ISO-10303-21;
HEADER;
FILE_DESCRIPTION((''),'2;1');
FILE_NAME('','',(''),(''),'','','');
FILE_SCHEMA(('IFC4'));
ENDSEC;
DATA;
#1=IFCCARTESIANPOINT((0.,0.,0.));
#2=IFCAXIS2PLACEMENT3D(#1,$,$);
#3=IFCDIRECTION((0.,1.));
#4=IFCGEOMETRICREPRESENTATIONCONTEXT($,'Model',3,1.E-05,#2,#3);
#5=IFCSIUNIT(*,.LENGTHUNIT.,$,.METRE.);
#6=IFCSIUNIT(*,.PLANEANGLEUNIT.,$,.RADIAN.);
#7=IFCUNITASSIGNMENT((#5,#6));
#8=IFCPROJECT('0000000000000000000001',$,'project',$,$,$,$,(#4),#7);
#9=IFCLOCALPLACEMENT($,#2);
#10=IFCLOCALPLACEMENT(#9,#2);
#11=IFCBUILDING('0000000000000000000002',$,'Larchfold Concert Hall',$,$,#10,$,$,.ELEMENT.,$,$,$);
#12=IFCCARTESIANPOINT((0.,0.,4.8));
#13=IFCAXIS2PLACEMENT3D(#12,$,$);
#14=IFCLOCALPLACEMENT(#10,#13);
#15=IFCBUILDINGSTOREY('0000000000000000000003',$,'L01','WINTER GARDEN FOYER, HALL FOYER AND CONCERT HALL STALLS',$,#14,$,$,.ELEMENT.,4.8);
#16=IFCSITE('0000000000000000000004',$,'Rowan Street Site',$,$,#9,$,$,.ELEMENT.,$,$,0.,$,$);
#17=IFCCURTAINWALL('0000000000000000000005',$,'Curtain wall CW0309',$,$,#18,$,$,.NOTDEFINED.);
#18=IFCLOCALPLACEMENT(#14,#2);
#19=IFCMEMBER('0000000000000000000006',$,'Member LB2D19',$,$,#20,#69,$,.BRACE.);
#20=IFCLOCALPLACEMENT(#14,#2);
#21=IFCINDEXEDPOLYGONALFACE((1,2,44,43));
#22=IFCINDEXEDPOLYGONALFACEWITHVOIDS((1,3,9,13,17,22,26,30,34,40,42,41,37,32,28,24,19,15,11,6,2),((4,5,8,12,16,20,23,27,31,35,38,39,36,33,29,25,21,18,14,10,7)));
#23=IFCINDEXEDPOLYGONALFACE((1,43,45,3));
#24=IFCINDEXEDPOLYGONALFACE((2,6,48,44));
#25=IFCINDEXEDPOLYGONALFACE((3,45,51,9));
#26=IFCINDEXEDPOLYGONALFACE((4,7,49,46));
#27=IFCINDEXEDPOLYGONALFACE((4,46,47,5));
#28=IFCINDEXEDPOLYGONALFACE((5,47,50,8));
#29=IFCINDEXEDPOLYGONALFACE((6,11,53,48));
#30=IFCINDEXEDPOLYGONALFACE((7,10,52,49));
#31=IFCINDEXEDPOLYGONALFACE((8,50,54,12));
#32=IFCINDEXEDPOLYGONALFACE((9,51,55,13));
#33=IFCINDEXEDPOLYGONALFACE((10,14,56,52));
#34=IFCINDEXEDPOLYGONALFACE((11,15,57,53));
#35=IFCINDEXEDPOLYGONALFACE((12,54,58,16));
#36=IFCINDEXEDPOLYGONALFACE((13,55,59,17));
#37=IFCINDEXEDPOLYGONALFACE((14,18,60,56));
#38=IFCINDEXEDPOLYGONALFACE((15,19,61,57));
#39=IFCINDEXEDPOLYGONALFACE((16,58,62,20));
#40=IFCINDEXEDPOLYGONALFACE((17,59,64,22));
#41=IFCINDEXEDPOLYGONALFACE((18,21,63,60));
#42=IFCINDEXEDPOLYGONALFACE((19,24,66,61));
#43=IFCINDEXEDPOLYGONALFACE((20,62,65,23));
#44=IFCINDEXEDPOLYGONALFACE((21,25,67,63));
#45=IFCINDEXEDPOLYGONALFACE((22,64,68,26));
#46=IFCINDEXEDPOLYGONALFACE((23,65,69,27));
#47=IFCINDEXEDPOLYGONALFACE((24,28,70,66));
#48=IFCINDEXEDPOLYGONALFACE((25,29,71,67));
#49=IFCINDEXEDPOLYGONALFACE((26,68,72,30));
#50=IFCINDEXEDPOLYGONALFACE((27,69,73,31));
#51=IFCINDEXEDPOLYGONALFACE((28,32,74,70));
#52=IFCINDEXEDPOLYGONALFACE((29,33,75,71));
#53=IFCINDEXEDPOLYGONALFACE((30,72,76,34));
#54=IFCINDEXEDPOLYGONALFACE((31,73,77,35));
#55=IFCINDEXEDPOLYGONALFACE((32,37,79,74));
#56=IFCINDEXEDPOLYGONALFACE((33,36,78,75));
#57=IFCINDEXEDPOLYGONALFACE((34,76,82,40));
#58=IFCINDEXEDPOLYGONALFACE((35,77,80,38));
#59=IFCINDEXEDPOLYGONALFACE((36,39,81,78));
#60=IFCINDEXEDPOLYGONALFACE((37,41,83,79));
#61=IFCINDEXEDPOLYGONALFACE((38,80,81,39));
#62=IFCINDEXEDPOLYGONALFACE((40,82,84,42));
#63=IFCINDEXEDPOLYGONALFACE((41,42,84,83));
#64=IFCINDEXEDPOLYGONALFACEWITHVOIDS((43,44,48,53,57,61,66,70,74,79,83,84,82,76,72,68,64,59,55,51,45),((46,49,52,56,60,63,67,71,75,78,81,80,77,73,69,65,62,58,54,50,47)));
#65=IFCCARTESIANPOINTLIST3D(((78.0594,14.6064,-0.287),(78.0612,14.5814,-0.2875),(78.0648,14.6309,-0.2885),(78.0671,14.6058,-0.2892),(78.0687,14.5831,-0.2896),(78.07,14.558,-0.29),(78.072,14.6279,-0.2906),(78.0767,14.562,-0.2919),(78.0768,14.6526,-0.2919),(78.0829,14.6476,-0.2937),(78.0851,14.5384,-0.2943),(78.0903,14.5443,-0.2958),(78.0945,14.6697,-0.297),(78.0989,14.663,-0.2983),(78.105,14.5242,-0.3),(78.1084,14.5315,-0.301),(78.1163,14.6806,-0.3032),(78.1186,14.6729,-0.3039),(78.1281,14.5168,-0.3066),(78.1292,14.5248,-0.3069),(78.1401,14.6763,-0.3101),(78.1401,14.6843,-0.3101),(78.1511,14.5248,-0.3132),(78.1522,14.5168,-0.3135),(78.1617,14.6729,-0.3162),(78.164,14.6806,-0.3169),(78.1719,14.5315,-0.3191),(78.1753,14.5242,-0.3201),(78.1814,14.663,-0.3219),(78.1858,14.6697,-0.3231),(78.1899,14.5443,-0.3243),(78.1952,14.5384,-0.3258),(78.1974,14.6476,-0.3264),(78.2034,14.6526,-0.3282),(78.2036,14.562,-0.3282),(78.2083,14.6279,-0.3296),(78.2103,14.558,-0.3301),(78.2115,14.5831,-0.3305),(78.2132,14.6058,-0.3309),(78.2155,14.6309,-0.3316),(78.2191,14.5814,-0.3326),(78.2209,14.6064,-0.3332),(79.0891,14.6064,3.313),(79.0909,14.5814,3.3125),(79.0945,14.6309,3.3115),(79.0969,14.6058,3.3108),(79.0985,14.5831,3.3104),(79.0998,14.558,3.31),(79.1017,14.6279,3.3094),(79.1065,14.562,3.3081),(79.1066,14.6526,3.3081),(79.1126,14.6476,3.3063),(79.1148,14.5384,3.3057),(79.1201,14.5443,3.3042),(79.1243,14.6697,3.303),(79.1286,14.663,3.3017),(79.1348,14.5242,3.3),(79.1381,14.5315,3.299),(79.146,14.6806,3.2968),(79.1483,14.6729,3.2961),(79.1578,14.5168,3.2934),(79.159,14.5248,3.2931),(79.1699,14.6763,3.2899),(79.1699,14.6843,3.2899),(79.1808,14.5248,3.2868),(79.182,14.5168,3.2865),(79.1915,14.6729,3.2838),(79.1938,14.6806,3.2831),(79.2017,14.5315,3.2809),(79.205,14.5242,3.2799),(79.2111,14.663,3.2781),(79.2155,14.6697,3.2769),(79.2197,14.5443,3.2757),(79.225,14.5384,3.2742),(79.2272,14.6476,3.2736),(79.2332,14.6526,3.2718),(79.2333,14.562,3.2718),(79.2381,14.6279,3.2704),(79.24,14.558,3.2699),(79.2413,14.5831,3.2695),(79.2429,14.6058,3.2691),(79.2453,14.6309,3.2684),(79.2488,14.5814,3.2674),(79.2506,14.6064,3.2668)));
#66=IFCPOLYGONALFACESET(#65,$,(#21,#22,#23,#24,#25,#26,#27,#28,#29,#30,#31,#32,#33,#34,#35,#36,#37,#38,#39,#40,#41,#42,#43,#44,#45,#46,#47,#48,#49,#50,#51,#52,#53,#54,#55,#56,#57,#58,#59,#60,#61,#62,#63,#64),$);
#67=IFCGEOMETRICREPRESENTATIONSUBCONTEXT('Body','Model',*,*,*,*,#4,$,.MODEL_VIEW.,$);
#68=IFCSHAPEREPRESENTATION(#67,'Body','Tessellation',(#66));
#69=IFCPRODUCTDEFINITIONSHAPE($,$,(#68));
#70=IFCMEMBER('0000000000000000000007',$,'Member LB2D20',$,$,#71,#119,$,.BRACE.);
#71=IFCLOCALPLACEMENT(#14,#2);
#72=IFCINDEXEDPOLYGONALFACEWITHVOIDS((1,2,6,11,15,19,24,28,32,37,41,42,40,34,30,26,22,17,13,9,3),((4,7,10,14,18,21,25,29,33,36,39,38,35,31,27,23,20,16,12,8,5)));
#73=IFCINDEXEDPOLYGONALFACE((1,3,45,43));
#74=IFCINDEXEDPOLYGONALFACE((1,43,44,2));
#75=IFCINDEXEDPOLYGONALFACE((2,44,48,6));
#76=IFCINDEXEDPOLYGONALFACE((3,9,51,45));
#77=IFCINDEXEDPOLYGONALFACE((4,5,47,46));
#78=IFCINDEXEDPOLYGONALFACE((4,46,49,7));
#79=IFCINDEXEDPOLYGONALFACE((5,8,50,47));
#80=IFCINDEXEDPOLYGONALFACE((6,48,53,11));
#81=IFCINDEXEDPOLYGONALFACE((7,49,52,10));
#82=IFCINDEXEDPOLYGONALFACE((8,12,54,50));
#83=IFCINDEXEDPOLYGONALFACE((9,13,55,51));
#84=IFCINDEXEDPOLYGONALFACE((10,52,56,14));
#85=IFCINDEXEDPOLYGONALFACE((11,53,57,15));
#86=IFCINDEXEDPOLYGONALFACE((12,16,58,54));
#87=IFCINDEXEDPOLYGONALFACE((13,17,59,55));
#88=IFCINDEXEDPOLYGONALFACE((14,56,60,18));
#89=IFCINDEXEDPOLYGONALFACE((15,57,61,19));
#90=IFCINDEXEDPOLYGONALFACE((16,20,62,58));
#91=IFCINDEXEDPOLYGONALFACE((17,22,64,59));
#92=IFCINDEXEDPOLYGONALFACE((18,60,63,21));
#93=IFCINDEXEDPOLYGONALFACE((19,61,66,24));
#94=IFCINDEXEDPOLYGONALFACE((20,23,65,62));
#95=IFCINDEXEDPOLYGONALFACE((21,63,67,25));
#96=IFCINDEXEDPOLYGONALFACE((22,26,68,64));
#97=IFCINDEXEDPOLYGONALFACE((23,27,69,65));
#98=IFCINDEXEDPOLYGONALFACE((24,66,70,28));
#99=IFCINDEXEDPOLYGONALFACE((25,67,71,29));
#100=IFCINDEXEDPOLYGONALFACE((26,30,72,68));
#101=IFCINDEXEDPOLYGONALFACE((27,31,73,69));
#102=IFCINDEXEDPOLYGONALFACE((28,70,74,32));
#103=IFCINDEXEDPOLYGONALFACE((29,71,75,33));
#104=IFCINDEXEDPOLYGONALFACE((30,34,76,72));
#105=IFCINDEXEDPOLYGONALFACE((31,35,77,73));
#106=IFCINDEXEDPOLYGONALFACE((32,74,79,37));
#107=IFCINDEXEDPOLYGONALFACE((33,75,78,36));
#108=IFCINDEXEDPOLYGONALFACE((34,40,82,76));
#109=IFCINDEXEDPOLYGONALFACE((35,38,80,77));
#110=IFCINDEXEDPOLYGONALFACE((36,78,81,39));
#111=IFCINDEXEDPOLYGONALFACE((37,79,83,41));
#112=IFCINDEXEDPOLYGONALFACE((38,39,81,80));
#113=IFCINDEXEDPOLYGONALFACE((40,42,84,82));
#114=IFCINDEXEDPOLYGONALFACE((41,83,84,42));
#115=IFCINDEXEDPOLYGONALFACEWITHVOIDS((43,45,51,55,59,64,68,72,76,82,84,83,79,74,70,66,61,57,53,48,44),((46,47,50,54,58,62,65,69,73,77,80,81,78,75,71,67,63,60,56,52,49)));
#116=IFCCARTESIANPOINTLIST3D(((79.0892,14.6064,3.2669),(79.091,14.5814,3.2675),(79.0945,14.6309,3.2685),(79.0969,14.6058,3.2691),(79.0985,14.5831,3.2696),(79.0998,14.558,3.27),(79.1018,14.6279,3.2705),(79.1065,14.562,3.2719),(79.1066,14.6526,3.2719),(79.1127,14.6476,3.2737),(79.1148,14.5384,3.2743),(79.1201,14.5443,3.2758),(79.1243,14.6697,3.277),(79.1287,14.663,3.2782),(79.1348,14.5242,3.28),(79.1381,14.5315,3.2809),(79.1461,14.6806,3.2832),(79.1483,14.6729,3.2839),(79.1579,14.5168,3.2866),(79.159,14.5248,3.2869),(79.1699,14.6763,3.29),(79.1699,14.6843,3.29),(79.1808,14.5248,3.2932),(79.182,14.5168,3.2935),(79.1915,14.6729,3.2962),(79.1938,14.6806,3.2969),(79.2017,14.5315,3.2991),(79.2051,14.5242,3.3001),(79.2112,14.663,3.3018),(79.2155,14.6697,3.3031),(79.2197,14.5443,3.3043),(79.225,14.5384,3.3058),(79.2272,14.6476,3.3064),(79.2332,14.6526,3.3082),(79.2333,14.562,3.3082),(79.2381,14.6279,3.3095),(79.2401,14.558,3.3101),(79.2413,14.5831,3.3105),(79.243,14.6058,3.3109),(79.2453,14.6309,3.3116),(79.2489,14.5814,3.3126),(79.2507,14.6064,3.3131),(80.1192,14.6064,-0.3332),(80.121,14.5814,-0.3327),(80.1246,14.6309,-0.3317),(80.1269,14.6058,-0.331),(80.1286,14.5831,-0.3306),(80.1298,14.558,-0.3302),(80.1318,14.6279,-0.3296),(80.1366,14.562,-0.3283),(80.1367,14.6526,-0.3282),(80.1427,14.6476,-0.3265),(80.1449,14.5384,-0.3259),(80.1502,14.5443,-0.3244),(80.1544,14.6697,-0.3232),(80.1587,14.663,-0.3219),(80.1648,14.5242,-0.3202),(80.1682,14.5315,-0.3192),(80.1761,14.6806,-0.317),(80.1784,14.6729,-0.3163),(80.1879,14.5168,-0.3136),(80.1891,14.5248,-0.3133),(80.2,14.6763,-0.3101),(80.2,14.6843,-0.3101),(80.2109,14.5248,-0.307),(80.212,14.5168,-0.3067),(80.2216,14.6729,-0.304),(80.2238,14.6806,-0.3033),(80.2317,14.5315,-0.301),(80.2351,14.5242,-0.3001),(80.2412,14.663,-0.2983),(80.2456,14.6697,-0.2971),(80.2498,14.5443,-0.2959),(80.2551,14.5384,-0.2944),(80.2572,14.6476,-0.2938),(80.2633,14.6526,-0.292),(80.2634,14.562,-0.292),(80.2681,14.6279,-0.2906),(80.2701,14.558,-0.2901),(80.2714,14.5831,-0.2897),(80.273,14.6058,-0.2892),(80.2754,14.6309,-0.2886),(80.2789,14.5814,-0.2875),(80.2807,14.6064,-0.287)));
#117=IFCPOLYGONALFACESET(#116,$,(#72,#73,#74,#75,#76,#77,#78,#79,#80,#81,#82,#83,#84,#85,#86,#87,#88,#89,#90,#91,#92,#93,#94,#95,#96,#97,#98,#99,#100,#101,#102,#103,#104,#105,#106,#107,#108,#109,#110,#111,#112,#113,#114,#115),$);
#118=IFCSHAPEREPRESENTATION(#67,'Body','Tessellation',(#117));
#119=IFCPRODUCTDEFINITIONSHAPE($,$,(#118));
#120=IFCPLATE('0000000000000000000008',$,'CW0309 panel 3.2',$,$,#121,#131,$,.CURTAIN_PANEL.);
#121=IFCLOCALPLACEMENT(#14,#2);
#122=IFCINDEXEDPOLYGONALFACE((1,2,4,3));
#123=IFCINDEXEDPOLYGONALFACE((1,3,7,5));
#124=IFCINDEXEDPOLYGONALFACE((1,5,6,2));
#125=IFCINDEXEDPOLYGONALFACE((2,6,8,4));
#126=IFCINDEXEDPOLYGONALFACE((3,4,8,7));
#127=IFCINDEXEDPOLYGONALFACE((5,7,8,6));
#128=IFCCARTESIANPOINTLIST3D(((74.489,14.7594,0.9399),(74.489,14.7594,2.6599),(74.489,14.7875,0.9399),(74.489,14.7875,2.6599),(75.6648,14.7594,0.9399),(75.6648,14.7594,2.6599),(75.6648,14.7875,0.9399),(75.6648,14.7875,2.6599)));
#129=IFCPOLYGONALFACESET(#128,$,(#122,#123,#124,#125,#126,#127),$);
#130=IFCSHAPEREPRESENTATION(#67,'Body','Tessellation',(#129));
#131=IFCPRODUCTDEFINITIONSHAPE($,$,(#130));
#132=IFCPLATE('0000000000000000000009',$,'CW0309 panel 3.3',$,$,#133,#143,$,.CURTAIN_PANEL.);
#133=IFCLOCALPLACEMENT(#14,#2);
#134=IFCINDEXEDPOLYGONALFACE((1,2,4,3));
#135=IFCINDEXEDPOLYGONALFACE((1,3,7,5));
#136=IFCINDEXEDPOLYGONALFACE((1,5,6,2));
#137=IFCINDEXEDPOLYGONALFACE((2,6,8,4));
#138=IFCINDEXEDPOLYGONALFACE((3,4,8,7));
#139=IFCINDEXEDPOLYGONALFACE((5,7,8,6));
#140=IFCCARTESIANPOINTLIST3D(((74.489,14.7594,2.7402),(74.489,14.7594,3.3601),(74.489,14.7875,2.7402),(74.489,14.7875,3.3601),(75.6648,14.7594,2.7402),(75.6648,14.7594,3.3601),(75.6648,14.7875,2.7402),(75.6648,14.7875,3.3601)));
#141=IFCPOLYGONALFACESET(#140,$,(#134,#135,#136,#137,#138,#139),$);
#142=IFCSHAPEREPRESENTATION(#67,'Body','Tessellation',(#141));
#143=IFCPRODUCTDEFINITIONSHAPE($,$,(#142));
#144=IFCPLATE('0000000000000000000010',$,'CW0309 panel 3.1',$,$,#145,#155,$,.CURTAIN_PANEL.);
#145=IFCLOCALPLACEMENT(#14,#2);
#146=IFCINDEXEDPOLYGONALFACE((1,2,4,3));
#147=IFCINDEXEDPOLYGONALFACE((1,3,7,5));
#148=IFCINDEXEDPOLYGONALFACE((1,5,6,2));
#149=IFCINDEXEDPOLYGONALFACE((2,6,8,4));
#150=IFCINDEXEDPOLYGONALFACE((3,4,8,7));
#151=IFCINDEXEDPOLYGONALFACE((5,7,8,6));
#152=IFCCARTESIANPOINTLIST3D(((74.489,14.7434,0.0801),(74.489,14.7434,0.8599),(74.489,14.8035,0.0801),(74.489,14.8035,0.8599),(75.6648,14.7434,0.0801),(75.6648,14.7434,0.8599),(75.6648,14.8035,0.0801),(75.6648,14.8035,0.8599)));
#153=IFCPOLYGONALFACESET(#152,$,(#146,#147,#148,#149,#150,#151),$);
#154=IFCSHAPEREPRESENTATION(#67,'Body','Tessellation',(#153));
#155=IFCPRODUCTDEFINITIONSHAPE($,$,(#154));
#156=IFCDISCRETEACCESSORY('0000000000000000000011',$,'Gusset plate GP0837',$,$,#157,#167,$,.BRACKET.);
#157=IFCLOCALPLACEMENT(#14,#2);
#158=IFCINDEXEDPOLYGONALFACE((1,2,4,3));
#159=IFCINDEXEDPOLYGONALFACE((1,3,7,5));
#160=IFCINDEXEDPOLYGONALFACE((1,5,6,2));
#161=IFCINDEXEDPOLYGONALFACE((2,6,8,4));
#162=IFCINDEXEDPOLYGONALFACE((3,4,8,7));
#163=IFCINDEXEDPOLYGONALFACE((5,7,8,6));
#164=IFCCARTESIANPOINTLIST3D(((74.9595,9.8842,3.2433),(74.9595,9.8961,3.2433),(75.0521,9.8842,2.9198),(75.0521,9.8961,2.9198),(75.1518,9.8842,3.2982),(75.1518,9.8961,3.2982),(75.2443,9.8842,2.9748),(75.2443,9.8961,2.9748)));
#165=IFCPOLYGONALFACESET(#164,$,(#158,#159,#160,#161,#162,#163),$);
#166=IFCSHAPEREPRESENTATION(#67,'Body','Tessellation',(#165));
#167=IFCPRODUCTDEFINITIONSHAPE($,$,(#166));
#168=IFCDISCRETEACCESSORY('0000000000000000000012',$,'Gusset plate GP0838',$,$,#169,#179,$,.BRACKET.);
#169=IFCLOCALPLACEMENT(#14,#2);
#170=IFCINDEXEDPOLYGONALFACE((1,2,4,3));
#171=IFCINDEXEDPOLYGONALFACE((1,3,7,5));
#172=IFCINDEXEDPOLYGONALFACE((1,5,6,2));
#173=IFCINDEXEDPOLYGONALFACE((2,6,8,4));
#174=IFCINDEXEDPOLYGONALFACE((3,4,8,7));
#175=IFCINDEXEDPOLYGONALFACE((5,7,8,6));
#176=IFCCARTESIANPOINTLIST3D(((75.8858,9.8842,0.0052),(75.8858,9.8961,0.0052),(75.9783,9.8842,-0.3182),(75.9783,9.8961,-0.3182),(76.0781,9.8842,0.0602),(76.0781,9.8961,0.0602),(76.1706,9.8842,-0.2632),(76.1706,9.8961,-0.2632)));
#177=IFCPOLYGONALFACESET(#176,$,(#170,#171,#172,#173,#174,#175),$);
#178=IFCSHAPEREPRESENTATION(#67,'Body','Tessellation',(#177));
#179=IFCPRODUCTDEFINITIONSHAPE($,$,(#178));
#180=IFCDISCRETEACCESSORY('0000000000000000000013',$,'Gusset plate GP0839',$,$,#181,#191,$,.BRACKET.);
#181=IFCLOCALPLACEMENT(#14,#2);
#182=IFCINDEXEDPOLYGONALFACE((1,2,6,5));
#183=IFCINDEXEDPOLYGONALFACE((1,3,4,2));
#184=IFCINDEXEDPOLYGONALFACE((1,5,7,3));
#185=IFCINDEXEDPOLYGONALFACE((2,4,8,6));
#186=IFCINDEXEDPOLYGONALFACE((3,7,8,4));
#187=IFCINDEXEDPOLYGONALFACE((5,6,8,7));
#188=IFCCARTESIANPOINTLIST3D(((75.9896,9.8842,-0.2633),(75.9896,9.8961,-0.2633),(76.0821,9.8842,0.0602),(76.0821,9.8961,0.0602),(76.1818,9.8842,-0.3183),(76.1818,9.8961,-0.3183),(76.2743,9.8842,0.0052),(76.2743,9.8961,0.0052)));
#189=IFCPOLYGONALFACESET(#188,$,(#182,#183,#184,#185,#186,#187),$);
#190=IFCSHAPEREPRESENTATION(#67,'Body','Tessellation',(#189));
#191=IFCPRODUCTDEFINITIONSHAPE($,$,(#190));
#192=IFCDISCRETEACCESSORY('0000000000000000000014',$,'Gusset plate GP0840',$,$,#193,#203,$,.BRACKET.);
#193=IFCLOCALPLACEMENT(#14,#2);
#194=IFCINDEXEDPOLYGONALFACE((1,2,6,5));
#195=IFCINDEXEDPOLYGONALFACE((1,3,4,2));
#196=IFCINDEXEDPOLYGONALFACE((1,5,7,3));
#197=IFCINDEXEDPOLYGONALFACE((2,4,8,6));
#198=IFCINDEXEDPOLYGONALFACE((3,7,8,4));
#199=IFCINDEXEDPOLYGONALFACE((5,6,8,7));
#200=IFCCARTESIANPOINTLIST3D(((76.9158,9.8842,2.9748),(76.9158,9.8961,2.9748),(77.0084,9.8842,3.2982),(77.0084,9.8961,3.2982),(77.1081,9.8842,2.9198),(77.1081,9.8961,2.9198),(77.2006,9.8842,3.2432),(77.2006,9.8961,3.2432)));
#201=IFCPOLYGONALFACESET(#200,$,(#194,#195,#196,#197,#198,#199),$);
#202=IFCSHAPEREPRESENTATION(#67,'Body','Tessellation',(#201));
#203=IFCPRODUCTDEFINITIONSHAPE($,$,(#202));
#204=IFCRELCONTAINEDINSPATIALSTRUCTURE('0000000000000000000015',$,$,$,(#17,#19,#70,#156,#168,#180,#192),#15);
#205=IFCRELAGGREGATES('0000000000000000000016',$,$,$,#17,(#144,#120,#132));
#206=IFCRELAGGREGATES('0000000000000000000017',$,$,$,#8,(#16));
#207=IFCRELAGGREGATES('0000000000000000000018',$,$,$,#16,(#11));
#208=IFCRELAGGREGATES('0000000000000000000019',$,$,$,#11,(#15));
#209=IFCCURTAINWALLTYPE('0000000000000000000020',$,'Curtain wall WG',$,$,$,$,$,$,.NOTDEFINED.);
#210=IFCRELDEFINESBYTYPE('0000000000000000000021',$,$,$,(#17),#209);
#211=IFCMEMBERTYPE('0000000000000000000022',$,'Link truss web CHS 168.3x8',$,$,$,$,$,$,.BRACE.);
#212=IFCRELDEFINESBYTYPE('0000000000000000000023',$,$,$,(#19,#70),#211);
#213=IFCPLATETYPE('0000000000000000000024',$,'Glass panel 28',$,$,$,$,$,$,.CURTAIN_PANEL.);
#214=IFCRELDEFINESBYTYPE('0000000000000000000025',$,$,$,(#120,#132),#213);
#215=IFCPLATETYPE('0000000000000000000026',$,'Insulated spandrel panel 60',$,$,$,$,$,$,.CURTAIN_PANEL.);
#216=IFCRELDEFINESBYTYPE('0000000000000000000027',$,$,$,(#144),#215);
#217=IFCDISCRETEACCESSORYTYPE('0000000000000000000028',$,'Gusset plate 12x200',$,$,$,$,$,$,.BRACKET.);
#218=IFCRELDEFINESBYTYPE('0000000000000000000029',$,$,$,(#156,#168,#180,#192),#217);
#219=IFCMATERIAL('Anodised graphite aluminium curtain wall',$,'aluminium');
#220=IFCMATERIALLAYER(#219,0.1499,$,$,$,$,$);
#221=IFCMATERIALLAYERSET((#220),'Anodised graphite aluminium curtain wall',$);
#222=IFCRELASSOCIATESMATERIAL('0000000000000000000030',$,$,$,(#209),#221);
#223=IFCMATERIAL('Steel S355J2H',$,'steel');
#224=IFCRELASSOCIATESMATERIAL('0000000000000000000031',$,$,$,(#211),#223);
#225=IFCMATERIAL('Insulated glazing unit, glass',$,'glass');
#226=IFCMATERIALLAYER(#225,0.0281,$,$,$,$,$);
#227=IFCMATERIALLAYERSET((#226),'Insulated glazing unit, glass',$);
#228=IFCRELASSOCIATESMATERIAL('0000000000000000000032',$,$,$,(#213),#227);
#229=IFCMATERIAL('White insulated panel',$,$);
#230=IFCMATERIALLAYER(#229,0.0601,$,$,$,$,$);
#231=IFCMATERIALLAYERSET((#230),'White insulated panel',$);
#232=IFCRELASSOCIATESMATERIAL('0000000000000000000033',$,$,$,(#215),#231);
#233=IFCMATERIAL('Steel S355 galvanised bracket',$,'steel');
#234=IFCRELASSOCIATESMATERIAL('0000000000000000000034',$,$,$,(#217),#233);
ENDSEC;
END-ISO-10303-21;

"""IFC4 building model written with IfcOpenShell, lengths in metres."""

from ifc_helpers import new_model, si_unit, direction, frame, origin, origin_2d, place, context, subcontext, project, spatial, rectangle, hollow_circle, extrude, material, layer, layer_set, material_profile, profile_set, type_object, element, aggregate, save


model = new_model("IFC4")

# Units and contexts
model_context = context("Model", 3, precision=1e-05, world=origin(), true_north=direction((0.0, 1.0)))
body_context = subcontext(model_context, "Body", "Model", "MODEL_VIEW")
ifc_project = project(units=[si_unit("LENGTHUNIT", "METRE"), si_unit("PLANEANGLEUNIT", "RADIAN")], contexts=[model_context])

# Site, building, storey
site_placement = place(None, origin())
site = spatial("IfcSite", under=ifc_project, at=site_placement, Name="Rowan Street Site", CompositionType="ELEMENT", RefElevation=0.0)
building_placement = place(site_placement, origin())
building = spatial("IfcBuilding", under=site, at=building_placement, Name="Larchfold Concert Hall", CompositionType="ELEMENT")
storey_placement = place(building_placement, frame((0.0, 0.0, 4.8)))
storey = spatial("IfcBuildingStorey", under=building, at=storey_placement, Name="L01", Description="WINTER GARDEN FOYER, HALL FOYER AND CONCERT HALL STALLS", CompositionType="ELEMENT", Elevation=4.8)

# Curtain wall
ifc_material_1 = material(Name="Anodised graphite aluminium curtain wall", Category="aluminium")
ifc_layer_1 = layer(ifc_material_1, 0.1499)
ifc_layer_set_1 = layer_set([ifc_layer_1], Name="Anodised graphite aluminium curtain wall")
curtain_wall_type = type_object("IfcCurtainWallType", Name="Curtain wall WG", PredefinedType="NOTDEFINED", material=ifc_layer_set_1)
curtain_wall_placement = place(storey_placement, origin())
curtain_wall = element("IfcCurtainWall", 1, at=curtain_wall_placement, inside=storey, type_object=curtain_wall_type, Name="Curtain wall CW0309", PredefinedType="NOTDEFINED")

# Members
ifc_material_2 = material(Name="Steel S355J2H", Category="steel")
ifc_material_profile_1 = material_profile(ifc_material_2, hollow_circle(Radius=0.0842, WallThickness=0.0081, at=origin_2d()))
ifc_profile_set_1 = profile_set([ifc_material_profile_1], Name="Steel S355J2H")
member_type_1 = type_object("IfcMemberType", Name="Link truss web CHS 168.3x8", PredefinedType="BRACE", material=ifc_profile_set_1)
member_1_placement = place(storey_placement, frame((78.1401, 14.6001, -0.3101), z_axis=(0.275014, 0.0, 0.96144), x_axis=(0.0, 1.0, 0.0)))
element("IfcMember", 2, at=member_1_placement, inside=storey, type_object=member_type_1, Name="Member LB2D19", PredefinedType="BRACE", context=body_context, shape_type="SweptSolid", body=[
    extrude(hollow_circle(Radius=0.0842, WallThickness=0.0081, at=origin_2d()), origin(), (0.0, 0.0, 1.0), 3.7444),
])
member_2_placement = place(storey_placement, frame((79.1699, 14.6001, 3.29), z_axis=(0.275074, 0.0, -0.961423), x_axis=(0.0, 1.0, 0.0)))
element("IfcMember", 3, at=member_2_placement, inside=storey, type_object=member_type_1, Name="Member LB2D20", PredefinedType="BRACE", context=body_context, shape_type="SweptSolid", body=[
    extrude(hollow_circle(Radius=0.0842, WallThickness=0.0081, at=origin_2d()), origin(), (0.0, 0.0, 1.0), 3.7446),
])

# Plates
ifc_material_3 = material(Name="Insulated glazing unit, glass", Category="glass")
ifc_layer_2 = layer(ifc_material_3, 0.0281)
ifc_layer_set_2 = layer_set([ifc_layer_2], Name="Insulated glazing unit, glass")
plate_type_1 = type_object("IfcPlateType", Name="Glass panel 28", PredefinedType="CURTAIN_PANEL", material=ifc_layer_set_2)
plate_1_placement = place(storey_placement, frame((75.0769, 14.7734, 0.9399), z_axis=(0.0, 0.0, 1.0), x_axis=(1.0, 0.0, 0.0)))
plate_1 = element("IfcPlate", 4, at=plate_1_placement, type_object=plate_type_1, Name="CW0309 panel 3.2", PredefinedType="CURTAIN_PANEL", context=body_context, shape_type="SweptSolid", body=[
    extrude(rectangle(XDim=1.1758, YDim=0.0281, at=origin_2d()), origin(), (0.0, 0.0, 1.0), 1.72),
])
plate_2_placement = place(storey_placement, frame((75.0769, 14.7734, 2.7402), z_axis=(0.0, 0.0, 1.0), x_axis=(1.0, 0.0, 0.0)))
plate_2 = element("IfcPlate", 5, at=plate_2_placement, type_object=plate_type_1, Name="CW0309 panel 3.3", PredefinedType="CURTAIN_PANEL", context=body_context, shape_type="SweptSolid", body=[
    extrude(rectangle(XDim=1.1758, YDim=0.0281, at=origin_2d()), origin(), (0.0, 0.0, 1.0), 0.6199),
])
ifc_material_4 = material(Name="White insulated panel")
ifc_layer_3 = layer(ifc_material_4, 0.0601)
ifc_layer_set_3 = layer_set([ifc_layer_3], Name="White insulated panel")
plate_type_2 = type_object("IfcPlateType", Name="Insulated spandrel panel 60", PredefinedType="CURTAIN_PANEL", material=ifc_layer_set_3)
plate_3_placement = place(storey_placement, frame((75.0769, 14.7734, 0.0801), z_axis=(0.0, 0.0, 1.0), x_axis=(1.0, 0.0, 0.0)))
plate_3 = element("IfcPlate", 6, at=plate_3_placement, type_object=plate_type_2, Name="CW0309 panel 3.1", PredefinedType="CURTAIN_PANEL", context=body_context, shape_type="SweptSolid", body=[
    extrude(rectangle(XDim=1.1758, YDim=0.0601, at=origin_2d()), origin(), (0.0, 0.0, 1.0), 0.7798),
])
aggregate(curtain_wall, [plate_3, plate_1, plate_2])

# Discrete accessories
ifc_material_5 = material(Name="Steel S355 galvanised bracket", Category="steel")
ifc_material_profile_2 = material_profile(ifc_material_5, rectangle(XDim=0.012, YDim=0.2, at=origin_2d()))
ifc_profile_set_2 = profile_set([ifc_material_profile_2], Name="Steel S355 galvanised bracket")
discrete_accessory_type = type_object("IfcDiscreteAccessoryType", Name="Gusset plate 12x200", PredefinedType="BRACKET", material=ifc_profile_set_2)
for number, where, z_axis, x_axis, name in (
    (7, (75.0557, 9.8901, 3.2708), (0.275009, 0.0, -0.961442), (0.0, 1.0, 0.0), "Gusset plate GP0837"),
    (8, (75.9819, 9.8901, 0.0327), (0.275009, 0.0, -0.961442), (0.0, 1.0, 0.0), "Gusset plate GP0838"),
    (9, (76.0857, 9.8901, -0.2908), (0.275009, 0.0, 0.961442), (0.0, 1.0, 0.0), "Gusset plate GP0839"),
    (10, (77.012, 9.8901, 2.9473), (0.275009, 0.0, 0.961442), (0.0, 1.0, 0.0), "Gusset plate GP0840"),
):
    element("IfcDiscreteAccessory", number, at=place(storey_placement, frame(where, z_axis=z_axis, x_axis=x_axis)), inside=storey, type_object=discrete_accessory_type, Name=name, PredefinedType="BRACKET", context=body_context, shape_type="SweptSolid", body=[
        extrude(rectangle(XDim=0.012, YDim=0.2, at=origin_2d()), origin(), (0.0, 0.0, 1.0), 0.3364),
    ])

save(model, "model.ifc")
